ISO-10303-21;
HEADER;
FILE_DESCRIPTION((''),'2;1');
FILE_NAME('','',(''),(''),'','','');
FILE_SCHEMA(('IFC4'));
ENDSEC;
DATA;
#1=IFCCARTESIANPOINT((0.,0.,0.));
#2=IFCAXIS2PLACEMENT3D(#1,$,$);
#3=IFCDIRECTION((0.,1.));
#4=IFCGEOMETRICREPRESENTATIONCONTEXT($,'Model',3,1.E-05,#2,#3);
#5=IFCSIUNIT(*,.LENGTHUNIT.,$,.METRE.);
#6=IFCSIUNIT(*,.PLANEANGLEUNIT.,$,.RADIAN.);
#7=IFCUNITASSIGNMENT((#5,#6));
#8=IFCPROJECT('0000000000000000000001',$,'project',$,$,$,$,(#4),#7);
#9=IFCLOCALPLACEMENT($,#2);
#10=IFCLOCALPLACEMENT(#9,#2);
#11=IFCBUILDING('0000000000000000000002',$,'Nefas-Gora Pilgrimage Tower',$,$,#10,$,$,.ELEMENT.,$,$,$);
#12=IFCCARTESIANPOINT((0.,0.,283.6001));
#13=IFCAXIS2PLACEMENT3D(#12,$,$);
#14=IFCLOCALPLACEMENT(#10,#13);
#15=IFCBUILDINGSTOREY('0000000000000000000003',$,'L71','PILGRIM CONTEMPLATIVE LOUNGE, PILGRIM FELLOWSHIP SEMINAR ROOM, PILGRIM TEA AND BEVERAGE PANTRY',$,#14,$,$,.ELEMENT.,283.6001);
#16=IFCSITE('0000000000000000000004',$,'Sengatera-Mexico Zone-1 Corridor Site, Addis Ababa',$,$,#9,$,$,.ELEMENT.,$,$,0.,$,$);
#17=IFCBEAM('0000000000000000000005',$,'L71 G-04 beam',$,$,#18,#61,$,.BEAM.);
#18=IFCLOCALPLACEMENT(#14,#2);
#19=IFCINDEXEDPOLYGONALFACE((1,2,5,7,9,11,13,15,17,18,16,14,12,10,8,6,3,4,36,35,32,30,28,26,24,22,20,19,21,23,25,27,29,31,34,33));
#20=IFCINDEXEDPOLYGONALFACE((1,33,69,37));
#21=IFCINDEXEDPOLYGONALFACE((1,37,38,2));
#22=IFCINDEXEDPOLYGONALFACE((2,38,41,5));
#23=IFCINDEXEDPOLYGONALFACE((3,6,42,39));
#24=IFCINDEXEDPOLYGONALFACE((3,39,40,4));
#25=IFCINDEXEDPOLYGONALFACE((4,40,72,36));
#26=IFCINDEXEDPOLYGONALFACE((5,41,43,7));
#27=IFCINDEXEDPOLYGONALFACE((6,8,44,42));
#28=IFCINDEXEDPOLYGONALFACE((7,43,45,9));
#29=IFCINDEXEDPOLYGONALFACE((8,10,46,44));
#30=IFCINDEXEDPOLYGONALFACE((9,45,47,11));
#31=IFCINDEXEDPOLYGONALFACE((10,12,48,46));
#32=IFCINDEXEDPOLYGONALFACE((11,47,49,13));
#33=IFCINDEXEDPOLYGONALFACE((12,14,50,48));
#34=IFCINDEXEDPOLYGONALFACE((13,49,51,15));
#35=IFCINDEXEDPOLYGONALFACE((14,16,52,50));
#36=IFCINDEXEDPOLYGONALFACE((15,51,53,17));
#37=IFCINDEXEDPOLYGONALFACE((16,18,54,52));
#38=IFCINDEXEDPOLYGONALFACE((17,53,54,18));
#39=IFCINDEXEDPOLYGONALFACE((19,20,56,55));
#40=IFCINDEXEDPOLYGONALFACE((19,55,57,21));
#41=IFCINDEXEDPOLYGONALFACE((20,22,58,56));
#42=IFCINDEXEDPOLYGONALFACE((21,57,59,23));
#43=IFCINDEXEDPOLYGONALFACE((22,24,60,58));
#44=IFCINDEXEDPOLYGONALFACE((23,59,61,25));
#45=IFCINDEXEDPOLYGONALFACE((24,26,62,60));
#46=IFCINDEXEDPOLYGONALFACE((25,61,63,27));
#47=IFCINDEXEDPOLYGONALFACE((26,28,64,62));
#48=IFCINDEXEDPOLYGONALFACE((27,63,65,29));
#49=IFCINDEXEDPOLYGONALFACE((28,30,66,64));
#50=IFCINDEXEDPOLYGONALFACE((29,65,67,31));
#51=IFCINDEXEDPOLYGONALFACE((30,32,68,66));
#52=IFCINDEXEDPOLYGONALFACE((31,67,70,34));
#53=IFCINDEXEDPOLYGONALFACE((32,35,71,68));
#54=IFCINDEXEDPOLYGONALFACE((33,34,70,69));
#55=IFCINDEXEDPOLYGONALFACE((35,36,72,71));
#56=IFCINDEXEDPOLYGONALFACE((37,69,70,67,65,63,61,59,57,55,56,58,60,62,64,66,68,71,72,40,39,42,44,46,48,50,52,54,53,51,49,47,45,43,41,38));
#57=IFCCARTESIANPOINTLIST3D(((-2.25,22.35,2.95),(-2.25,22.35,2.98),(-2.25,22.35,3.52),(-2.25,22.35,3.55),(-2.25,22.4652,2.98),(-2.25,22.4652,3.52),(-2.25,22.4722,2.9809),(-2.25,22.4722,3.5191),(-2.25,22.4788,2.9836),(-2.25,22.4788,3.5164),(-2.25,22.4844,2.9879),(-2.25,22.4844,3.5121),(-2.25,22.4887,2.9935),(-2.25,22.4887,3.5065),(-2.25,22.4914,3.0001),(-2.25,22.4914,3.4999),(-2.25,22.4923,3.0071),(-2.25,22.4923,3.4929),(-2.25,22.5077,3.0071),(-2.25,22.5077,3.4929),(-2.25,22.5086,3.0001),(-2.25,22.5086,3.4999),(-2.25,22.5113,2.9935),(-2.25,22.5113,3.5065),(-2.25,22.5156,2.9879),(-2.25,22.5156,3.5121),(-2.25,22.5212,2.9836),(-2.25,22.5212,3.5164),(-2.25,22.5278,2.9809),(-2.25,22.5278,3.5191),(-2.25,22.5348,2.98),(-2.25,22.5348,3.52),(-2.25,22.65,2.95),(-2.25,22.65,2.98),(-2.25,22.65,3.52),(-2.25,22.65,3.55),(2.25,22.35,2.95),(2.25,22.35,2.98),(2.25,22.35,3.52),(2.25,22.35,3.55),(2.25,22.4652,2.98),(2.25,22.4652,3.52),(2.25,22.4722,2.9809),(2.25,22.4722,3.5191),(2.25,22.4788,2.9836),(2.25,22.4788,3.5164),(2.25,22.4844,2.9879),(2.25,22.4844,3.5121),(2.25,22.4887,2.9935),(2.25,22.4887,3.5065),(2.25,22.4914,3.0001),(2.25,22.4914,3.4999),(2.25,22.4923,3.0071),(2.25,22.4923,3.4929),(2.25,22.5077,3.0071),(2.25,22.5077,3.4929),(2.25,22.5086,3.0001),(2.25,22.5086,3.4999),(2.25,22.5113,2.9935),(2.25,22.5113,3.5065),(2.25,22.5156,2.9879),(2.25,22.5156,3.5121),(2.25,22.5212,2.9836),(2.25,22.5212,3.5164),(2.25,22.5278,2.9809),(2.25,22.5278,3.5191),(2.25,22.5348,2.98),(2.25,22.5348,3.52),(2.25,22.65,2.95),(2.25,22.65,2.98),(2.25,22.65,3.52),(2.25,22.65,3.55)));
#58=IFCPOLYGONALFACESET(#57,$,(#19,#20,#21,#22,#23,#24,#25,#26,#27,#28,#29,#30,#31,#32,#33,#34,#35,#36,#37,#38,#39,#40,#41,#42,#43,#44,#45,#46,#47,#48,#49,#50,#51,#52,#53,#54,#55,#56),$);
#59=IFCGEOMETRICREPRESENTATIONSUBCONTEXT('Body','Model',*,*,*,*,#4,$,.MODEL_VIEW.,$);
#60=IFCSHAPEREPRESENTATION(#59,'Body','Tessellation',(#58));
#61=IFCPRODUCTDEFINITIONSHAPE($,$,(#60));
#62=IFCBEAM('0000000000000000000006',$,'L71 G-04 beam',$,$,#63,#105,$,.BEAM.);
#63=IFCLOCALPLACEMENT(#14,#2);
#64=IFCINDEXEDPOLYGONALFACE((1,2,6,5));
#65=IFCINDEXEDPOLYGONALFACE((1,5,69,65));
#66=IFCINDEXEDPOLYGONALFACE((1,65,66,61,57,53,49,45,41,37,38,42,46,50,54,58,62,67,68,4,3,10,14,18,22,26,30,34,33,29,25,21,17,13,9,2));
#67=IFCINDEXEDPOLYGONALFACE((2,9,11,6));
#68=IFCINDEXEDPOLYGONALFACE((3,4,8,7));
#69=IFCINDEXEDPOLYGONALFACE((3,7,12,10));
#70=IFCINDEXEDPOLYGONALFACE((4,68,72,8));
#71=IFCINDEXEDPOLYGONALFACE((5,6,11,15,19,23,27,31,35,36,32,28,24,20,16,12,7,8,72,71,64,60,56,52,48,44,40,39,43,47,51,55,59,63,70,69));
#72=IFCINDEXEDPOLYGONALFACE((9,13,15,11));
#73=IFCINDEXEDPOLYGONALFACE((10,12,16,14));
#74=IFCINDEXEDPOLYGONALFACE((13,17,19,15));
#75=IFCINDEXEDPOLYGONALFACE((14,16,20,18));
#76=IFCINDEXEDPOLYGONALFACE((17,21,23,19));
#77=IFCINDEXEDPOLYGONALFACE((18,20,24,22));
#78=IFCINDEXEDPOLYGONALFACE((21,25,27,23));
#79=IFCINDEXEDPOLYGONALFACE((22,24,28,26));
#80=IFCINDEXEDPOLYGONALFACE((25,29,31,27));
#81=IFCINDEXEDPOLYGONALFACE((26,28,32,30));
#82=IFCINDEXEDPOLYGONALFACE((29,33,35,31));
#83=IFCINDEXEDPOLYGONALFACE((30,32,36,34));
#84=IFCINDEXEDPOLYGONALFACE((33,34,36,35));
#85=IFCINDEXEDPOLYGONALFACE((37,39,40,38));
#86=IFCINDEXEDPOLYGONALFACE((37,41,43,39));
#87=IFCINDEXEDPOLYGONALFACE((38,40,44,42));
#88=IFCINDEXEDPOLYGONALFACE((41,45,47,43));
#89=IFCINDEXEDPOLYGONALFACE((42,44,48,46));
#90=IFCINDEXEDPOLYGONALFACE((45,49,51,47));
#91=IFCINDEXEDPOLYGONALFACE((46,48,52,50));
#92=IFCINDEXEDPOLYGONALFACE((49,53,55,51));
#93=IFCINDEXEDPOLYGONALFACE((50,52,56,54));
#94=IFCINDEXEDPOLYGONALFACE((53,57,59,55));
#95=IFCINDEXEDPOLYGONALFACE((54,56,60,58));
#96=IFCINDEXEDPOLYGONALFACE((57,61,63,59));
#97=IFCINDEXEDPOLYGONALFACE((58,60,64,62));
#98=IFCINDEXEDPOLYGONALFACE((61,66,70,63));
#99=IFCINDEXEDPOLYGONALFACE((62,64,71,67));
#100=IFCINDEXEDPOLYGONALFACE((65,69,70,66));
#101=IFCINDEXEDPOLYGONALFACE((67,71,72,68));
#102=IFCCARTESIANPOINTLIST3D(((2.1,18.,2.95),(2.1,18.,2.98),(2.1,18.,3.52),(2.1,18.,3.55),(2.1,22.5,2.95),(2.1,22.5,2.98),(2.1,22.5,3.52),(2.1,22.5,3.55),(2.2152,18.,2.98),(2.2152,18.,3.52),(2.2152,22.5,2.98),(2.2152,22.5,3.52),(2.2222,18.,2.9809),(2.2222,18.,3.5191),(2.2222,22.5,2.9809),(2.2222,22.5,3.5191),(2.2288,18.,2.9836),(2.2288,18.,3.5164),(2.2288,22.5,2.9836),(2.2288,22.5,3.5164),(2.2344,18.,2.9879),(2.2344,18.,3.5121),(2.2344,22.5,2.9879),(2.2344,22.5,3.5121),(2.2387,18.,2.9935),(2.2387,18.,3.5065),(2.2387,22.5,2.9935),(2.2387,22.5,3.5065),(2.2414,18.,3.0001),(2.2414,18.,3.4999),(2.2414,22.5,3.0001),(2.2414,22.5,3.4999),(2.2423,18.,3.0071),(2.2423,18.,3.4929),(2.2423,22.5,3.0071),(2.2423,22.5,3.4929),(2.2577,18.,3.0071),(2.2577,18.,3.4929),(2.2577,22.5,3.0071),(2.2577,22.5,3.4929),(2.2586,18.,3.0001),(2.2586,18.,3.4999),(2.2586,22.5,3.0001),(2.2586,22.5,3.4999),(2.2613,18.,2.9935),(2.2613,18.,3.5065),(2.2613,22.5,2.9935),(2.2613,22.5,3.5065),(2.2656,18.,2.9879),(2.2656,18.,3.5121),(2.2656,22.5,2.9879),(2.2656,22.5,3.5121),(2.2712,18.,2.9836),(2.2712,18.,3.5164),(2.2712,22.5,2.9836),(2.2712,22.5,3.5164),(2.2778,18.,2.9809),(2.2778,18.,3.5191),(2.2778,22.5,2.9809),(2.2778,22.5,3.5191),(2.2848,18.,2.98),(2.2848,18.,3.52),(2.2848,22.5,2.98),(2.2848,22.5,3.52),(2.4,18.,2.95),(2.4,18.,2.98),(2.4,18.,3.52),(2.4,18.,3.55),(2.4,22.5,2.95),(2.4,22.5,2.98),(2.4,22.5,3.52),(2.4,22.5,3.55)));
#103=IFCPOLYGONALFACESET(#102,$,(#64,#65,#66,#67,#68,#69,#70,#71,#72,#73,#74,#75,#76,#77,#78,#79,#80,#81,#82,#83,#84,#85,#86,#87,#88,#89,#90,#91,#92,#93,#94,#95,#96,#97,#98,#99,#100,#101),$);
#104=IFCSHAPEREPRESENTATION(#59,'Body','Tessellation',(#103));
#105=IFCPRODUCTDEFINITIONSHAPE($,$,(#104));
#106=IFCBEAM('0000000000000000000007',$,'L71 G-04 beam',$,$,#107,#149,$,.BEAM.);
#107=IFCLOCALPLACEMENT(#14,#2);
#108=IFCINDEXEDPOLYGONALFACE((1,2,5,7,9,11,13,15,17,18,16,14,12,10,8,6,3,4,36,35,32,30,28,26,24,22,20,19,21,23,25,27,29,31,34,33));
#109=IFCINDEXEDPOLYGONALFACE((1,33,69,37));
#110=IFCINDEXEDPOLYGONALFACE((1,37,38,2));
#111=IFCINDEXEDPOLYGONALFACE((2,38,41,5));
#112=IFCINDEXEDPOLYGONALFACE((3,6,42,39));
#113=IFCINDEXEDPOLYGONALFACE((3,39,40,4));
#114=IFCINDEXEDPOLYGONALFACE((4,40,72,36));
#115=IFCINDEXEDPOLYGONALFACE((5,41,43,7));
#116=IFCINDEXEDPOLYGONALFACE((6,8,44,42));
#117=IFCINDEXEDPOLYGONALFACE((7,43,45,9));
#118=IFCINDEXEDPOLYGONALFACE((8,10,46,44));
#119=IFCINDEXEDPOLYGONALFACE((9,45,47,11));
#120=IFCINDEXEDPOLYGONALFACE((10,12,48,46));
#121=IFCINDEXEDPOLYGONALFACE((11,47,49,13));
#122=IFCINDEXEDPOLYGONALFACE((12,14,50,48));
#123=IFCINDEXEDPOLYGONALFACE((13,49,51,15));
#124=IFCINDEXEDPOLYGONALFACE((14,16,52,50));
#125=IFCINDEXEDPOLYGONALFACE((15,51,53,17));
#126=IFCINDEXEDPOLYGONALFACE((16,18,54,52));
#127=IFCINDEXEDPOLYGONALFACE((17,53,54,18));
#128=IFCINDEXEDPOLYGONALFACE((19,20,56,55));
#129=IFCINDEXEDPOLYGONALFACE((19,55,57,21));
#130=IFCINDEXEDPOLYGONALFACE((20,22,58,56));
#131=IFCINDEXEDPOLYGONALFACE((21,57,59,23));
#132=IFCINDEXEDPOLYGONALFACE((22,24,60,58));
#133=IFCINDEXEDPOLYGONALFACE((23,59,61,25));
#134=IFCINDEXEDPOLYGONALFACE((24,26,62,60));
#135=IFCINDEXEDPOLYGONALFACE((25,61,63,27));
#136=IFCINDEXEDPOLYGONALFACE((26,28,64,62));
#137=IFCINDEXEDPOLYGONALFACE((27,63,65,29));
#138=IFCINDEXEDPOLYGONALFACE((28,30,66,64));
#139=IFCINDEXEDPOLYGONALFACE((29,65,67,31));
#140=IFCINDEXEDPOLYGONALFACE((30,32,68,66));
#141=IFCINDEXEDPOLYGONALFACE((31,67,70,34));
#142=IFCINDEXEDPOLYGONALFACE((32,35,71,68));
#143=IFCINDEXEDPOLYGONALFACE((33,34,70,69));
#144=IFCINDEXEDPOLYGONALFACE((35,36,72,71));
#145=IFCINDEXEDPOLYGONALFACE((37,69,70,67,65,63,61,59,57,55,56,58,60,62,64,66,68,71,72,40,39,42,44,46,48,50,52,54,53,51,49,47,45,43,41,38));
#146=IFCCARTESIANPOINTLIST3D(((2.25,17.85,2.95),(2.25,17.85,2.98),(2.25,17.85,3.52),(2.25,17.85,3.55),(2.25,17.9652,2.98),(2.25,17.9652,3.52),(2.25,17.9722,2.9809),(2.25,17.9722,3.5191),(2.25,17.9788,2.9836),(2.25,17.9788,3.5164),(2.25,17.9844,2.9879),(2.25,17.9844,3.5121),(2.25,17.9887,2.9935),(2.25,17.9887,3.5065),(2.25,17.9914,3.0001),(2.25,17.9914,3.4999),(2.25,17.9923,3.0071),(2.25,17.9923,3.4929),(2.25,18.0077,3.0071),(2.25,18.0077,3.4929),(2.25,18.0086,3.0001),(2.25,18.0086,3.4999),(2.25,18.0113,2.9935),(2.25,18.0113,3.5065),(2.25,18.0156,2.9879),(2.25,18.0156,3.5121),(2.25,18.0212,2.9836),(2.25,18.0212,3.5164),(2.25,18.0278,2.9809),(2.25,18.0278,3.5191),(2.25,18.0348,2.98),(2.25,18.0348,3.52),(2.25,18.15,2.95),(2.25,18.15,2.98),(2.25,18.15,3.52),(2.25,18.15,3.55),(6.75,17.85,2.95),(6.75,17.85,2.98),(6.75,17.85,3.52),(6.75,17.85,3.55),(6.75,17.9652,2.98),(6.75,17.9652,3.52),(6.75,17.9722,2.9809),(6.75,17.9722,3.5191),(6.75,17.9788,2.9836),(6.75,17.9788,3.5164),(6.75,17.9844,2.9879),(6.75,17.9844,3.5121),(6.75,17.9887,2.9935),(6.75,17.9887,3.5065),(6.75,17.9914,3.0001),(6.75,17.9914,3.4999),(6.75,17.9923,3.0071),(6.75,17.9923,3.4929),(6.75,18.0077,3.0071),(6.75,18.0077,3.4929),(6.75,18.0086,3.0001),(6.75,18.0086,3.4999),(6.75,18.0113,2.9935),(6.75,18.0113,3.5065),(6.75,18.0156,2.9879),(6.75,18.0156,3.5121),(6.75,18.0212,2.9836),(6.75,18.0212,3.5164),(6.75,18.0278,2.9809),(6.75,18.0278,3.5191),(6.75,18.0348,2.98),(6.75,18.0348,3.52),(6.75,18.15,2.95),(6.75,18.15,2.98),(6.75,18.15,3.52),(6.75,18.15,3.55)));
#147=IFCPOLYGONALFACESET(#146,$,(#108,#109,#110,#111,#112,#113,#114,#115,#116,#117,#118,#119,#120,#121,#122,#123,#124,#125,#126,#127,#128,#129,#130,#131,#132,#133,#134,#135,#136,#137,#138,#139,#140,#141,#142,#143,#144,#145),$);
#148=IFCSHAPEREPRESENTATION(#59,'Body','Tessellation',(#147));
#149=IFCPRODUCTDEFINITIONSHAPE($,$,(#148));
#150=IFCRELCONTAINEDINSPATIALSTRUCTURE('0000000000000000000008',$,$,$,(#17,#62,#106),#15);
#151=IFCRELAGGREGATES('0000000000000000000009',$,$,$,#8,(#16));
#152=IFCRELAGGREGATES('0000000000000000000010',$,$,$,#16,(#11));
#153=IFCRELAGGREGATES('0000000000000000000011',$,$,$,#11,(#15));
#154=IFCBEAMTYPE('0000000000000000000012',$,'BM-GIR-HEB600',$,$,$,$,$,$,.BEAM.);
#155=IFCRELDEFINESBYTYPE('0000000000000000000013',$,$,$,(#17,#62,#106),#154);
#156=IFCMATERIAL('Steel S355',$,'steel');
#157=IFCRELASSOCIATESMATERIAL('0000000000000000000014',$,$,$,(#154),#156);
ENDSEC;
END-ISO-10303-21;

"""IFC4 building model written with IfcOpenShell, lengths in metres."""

from ifc_helpers import new_model, si_unit, direction, frame, origin, origin_2d, place, context, subcontext, project, spatial, i_section, extrude, source, transform, mapped, material, material_profile, profile_set, type_object, element, save


model = new_model("IFC4")

# Units and contexts
model_context = context("Model", 3, precision=1e-05, world=origin(), true_north=direction((0.0, 1.0)))
body_context = subcontext(model_context, "Body", "Model", "MODEL_VIEW")
ifc_project = project(units=[si_unit("LENGTHUNIT", "METRE"), si_unit("PLANEANGLEUNIT", "RADIAN")], contexts=[model_context])

# Site, building, storey
site_placement = place(None, origin())
site = spatial("IfcSite", under=ifc_project, at=site_placement, Name="Sengatera-Mexico Zone-1 Corridor Site, Addis Ababa", CompositionType="ELEMENT", RefElevation=0.0)
building_placement = place(site_placement, origin())
building = spatial("IfcBuilding", under=site, at=building_placement, Name="Nefas-Gora Pilgrimage Tower", CompositionType="ELEMENT")
storey_placement = place(building_placement, frame((0.0, 0.0, 283.6001)))
storey = spatial("IfcBuildingStorey", under=building, at=storey_placement, Name="L71", Description="PILGRIM CONTEMPLATIVE LOUNGE, PILGRIM FELLOWSHIP SEMINAR ROOM, PILGRIM TEA AND BEVERAGE PANTRY", CompositionType="ELEMENT", Elevation=283.6001)

# Shared definitions
ifc_material_1 = material(Name="Steel S355", Category="steel")

# Beams
ifc_material_profile_1 = material_profile(ifc_material_1, i_section(OverallWidth=0.3, OverallDepth=0.6001, WebThickness=0.0154, FlangeThickness=0.03, FilletRadius=0.0271, at=origin_2d()), Name="HEB 600")
ifc_profile_set_1 = profile_set([ifc_material_profile_1], Name="Steel S355")
beam_type = type_object("IfcBeamType", Name="BM-GIR-HEB600", PredefinedType="BEAM", material=ifc_profile_set_1)
shared_shape_1 = source(origin(), body_context, "Body", "SweptSolid", [
    extrude(i_section(OverallWidth=0.3, OverallDepth=0.6001, WebThickness=0.0154, FlangeThickness=0.03, FilletRadius=0.0271, at=origin_2d()), origin(), (0.0, 0.0, 1.0), 4.5),
])
for number, where, z_axis, x_axis, name in (
    (1, (-2.25, 22.5, 3.25), (1.0, 0.0, 0.0), (0.0, 1.0, 0.0), "L71 G-04 beam"),
    (2, (2.25, 18.0, 3.25), (0.0, 1.0, 0.0), (-1.0, 0.0, 0.0), "L71 G-04 beam"),
    (3, (2.25, 18.0, 3.25), (1.0, 0.0, 0.0), (0.0, 1.0, 0.0), "L71 G-04 beam"),
):
    element("IfcBeam", number, at=place(storey_placement, frame(where, z_axis=z_axis, x_axis=x_axis)), inside=storey, type_object=beam_type, Name=name, PredefinedType="BEAM", context=body_context, shape_type="MappedRepresentation", body=[
        mapped(shared_shape_1, transform((0.0, 0.0, 0.0), x_axis=(1.0, 0.0, 0.0), y_axis=(0.0, 1.0, 0.0), z_axis=(0.0, 0.0, 1.0), scale=1.0)),
    ])

save(model, "model.ifc")
